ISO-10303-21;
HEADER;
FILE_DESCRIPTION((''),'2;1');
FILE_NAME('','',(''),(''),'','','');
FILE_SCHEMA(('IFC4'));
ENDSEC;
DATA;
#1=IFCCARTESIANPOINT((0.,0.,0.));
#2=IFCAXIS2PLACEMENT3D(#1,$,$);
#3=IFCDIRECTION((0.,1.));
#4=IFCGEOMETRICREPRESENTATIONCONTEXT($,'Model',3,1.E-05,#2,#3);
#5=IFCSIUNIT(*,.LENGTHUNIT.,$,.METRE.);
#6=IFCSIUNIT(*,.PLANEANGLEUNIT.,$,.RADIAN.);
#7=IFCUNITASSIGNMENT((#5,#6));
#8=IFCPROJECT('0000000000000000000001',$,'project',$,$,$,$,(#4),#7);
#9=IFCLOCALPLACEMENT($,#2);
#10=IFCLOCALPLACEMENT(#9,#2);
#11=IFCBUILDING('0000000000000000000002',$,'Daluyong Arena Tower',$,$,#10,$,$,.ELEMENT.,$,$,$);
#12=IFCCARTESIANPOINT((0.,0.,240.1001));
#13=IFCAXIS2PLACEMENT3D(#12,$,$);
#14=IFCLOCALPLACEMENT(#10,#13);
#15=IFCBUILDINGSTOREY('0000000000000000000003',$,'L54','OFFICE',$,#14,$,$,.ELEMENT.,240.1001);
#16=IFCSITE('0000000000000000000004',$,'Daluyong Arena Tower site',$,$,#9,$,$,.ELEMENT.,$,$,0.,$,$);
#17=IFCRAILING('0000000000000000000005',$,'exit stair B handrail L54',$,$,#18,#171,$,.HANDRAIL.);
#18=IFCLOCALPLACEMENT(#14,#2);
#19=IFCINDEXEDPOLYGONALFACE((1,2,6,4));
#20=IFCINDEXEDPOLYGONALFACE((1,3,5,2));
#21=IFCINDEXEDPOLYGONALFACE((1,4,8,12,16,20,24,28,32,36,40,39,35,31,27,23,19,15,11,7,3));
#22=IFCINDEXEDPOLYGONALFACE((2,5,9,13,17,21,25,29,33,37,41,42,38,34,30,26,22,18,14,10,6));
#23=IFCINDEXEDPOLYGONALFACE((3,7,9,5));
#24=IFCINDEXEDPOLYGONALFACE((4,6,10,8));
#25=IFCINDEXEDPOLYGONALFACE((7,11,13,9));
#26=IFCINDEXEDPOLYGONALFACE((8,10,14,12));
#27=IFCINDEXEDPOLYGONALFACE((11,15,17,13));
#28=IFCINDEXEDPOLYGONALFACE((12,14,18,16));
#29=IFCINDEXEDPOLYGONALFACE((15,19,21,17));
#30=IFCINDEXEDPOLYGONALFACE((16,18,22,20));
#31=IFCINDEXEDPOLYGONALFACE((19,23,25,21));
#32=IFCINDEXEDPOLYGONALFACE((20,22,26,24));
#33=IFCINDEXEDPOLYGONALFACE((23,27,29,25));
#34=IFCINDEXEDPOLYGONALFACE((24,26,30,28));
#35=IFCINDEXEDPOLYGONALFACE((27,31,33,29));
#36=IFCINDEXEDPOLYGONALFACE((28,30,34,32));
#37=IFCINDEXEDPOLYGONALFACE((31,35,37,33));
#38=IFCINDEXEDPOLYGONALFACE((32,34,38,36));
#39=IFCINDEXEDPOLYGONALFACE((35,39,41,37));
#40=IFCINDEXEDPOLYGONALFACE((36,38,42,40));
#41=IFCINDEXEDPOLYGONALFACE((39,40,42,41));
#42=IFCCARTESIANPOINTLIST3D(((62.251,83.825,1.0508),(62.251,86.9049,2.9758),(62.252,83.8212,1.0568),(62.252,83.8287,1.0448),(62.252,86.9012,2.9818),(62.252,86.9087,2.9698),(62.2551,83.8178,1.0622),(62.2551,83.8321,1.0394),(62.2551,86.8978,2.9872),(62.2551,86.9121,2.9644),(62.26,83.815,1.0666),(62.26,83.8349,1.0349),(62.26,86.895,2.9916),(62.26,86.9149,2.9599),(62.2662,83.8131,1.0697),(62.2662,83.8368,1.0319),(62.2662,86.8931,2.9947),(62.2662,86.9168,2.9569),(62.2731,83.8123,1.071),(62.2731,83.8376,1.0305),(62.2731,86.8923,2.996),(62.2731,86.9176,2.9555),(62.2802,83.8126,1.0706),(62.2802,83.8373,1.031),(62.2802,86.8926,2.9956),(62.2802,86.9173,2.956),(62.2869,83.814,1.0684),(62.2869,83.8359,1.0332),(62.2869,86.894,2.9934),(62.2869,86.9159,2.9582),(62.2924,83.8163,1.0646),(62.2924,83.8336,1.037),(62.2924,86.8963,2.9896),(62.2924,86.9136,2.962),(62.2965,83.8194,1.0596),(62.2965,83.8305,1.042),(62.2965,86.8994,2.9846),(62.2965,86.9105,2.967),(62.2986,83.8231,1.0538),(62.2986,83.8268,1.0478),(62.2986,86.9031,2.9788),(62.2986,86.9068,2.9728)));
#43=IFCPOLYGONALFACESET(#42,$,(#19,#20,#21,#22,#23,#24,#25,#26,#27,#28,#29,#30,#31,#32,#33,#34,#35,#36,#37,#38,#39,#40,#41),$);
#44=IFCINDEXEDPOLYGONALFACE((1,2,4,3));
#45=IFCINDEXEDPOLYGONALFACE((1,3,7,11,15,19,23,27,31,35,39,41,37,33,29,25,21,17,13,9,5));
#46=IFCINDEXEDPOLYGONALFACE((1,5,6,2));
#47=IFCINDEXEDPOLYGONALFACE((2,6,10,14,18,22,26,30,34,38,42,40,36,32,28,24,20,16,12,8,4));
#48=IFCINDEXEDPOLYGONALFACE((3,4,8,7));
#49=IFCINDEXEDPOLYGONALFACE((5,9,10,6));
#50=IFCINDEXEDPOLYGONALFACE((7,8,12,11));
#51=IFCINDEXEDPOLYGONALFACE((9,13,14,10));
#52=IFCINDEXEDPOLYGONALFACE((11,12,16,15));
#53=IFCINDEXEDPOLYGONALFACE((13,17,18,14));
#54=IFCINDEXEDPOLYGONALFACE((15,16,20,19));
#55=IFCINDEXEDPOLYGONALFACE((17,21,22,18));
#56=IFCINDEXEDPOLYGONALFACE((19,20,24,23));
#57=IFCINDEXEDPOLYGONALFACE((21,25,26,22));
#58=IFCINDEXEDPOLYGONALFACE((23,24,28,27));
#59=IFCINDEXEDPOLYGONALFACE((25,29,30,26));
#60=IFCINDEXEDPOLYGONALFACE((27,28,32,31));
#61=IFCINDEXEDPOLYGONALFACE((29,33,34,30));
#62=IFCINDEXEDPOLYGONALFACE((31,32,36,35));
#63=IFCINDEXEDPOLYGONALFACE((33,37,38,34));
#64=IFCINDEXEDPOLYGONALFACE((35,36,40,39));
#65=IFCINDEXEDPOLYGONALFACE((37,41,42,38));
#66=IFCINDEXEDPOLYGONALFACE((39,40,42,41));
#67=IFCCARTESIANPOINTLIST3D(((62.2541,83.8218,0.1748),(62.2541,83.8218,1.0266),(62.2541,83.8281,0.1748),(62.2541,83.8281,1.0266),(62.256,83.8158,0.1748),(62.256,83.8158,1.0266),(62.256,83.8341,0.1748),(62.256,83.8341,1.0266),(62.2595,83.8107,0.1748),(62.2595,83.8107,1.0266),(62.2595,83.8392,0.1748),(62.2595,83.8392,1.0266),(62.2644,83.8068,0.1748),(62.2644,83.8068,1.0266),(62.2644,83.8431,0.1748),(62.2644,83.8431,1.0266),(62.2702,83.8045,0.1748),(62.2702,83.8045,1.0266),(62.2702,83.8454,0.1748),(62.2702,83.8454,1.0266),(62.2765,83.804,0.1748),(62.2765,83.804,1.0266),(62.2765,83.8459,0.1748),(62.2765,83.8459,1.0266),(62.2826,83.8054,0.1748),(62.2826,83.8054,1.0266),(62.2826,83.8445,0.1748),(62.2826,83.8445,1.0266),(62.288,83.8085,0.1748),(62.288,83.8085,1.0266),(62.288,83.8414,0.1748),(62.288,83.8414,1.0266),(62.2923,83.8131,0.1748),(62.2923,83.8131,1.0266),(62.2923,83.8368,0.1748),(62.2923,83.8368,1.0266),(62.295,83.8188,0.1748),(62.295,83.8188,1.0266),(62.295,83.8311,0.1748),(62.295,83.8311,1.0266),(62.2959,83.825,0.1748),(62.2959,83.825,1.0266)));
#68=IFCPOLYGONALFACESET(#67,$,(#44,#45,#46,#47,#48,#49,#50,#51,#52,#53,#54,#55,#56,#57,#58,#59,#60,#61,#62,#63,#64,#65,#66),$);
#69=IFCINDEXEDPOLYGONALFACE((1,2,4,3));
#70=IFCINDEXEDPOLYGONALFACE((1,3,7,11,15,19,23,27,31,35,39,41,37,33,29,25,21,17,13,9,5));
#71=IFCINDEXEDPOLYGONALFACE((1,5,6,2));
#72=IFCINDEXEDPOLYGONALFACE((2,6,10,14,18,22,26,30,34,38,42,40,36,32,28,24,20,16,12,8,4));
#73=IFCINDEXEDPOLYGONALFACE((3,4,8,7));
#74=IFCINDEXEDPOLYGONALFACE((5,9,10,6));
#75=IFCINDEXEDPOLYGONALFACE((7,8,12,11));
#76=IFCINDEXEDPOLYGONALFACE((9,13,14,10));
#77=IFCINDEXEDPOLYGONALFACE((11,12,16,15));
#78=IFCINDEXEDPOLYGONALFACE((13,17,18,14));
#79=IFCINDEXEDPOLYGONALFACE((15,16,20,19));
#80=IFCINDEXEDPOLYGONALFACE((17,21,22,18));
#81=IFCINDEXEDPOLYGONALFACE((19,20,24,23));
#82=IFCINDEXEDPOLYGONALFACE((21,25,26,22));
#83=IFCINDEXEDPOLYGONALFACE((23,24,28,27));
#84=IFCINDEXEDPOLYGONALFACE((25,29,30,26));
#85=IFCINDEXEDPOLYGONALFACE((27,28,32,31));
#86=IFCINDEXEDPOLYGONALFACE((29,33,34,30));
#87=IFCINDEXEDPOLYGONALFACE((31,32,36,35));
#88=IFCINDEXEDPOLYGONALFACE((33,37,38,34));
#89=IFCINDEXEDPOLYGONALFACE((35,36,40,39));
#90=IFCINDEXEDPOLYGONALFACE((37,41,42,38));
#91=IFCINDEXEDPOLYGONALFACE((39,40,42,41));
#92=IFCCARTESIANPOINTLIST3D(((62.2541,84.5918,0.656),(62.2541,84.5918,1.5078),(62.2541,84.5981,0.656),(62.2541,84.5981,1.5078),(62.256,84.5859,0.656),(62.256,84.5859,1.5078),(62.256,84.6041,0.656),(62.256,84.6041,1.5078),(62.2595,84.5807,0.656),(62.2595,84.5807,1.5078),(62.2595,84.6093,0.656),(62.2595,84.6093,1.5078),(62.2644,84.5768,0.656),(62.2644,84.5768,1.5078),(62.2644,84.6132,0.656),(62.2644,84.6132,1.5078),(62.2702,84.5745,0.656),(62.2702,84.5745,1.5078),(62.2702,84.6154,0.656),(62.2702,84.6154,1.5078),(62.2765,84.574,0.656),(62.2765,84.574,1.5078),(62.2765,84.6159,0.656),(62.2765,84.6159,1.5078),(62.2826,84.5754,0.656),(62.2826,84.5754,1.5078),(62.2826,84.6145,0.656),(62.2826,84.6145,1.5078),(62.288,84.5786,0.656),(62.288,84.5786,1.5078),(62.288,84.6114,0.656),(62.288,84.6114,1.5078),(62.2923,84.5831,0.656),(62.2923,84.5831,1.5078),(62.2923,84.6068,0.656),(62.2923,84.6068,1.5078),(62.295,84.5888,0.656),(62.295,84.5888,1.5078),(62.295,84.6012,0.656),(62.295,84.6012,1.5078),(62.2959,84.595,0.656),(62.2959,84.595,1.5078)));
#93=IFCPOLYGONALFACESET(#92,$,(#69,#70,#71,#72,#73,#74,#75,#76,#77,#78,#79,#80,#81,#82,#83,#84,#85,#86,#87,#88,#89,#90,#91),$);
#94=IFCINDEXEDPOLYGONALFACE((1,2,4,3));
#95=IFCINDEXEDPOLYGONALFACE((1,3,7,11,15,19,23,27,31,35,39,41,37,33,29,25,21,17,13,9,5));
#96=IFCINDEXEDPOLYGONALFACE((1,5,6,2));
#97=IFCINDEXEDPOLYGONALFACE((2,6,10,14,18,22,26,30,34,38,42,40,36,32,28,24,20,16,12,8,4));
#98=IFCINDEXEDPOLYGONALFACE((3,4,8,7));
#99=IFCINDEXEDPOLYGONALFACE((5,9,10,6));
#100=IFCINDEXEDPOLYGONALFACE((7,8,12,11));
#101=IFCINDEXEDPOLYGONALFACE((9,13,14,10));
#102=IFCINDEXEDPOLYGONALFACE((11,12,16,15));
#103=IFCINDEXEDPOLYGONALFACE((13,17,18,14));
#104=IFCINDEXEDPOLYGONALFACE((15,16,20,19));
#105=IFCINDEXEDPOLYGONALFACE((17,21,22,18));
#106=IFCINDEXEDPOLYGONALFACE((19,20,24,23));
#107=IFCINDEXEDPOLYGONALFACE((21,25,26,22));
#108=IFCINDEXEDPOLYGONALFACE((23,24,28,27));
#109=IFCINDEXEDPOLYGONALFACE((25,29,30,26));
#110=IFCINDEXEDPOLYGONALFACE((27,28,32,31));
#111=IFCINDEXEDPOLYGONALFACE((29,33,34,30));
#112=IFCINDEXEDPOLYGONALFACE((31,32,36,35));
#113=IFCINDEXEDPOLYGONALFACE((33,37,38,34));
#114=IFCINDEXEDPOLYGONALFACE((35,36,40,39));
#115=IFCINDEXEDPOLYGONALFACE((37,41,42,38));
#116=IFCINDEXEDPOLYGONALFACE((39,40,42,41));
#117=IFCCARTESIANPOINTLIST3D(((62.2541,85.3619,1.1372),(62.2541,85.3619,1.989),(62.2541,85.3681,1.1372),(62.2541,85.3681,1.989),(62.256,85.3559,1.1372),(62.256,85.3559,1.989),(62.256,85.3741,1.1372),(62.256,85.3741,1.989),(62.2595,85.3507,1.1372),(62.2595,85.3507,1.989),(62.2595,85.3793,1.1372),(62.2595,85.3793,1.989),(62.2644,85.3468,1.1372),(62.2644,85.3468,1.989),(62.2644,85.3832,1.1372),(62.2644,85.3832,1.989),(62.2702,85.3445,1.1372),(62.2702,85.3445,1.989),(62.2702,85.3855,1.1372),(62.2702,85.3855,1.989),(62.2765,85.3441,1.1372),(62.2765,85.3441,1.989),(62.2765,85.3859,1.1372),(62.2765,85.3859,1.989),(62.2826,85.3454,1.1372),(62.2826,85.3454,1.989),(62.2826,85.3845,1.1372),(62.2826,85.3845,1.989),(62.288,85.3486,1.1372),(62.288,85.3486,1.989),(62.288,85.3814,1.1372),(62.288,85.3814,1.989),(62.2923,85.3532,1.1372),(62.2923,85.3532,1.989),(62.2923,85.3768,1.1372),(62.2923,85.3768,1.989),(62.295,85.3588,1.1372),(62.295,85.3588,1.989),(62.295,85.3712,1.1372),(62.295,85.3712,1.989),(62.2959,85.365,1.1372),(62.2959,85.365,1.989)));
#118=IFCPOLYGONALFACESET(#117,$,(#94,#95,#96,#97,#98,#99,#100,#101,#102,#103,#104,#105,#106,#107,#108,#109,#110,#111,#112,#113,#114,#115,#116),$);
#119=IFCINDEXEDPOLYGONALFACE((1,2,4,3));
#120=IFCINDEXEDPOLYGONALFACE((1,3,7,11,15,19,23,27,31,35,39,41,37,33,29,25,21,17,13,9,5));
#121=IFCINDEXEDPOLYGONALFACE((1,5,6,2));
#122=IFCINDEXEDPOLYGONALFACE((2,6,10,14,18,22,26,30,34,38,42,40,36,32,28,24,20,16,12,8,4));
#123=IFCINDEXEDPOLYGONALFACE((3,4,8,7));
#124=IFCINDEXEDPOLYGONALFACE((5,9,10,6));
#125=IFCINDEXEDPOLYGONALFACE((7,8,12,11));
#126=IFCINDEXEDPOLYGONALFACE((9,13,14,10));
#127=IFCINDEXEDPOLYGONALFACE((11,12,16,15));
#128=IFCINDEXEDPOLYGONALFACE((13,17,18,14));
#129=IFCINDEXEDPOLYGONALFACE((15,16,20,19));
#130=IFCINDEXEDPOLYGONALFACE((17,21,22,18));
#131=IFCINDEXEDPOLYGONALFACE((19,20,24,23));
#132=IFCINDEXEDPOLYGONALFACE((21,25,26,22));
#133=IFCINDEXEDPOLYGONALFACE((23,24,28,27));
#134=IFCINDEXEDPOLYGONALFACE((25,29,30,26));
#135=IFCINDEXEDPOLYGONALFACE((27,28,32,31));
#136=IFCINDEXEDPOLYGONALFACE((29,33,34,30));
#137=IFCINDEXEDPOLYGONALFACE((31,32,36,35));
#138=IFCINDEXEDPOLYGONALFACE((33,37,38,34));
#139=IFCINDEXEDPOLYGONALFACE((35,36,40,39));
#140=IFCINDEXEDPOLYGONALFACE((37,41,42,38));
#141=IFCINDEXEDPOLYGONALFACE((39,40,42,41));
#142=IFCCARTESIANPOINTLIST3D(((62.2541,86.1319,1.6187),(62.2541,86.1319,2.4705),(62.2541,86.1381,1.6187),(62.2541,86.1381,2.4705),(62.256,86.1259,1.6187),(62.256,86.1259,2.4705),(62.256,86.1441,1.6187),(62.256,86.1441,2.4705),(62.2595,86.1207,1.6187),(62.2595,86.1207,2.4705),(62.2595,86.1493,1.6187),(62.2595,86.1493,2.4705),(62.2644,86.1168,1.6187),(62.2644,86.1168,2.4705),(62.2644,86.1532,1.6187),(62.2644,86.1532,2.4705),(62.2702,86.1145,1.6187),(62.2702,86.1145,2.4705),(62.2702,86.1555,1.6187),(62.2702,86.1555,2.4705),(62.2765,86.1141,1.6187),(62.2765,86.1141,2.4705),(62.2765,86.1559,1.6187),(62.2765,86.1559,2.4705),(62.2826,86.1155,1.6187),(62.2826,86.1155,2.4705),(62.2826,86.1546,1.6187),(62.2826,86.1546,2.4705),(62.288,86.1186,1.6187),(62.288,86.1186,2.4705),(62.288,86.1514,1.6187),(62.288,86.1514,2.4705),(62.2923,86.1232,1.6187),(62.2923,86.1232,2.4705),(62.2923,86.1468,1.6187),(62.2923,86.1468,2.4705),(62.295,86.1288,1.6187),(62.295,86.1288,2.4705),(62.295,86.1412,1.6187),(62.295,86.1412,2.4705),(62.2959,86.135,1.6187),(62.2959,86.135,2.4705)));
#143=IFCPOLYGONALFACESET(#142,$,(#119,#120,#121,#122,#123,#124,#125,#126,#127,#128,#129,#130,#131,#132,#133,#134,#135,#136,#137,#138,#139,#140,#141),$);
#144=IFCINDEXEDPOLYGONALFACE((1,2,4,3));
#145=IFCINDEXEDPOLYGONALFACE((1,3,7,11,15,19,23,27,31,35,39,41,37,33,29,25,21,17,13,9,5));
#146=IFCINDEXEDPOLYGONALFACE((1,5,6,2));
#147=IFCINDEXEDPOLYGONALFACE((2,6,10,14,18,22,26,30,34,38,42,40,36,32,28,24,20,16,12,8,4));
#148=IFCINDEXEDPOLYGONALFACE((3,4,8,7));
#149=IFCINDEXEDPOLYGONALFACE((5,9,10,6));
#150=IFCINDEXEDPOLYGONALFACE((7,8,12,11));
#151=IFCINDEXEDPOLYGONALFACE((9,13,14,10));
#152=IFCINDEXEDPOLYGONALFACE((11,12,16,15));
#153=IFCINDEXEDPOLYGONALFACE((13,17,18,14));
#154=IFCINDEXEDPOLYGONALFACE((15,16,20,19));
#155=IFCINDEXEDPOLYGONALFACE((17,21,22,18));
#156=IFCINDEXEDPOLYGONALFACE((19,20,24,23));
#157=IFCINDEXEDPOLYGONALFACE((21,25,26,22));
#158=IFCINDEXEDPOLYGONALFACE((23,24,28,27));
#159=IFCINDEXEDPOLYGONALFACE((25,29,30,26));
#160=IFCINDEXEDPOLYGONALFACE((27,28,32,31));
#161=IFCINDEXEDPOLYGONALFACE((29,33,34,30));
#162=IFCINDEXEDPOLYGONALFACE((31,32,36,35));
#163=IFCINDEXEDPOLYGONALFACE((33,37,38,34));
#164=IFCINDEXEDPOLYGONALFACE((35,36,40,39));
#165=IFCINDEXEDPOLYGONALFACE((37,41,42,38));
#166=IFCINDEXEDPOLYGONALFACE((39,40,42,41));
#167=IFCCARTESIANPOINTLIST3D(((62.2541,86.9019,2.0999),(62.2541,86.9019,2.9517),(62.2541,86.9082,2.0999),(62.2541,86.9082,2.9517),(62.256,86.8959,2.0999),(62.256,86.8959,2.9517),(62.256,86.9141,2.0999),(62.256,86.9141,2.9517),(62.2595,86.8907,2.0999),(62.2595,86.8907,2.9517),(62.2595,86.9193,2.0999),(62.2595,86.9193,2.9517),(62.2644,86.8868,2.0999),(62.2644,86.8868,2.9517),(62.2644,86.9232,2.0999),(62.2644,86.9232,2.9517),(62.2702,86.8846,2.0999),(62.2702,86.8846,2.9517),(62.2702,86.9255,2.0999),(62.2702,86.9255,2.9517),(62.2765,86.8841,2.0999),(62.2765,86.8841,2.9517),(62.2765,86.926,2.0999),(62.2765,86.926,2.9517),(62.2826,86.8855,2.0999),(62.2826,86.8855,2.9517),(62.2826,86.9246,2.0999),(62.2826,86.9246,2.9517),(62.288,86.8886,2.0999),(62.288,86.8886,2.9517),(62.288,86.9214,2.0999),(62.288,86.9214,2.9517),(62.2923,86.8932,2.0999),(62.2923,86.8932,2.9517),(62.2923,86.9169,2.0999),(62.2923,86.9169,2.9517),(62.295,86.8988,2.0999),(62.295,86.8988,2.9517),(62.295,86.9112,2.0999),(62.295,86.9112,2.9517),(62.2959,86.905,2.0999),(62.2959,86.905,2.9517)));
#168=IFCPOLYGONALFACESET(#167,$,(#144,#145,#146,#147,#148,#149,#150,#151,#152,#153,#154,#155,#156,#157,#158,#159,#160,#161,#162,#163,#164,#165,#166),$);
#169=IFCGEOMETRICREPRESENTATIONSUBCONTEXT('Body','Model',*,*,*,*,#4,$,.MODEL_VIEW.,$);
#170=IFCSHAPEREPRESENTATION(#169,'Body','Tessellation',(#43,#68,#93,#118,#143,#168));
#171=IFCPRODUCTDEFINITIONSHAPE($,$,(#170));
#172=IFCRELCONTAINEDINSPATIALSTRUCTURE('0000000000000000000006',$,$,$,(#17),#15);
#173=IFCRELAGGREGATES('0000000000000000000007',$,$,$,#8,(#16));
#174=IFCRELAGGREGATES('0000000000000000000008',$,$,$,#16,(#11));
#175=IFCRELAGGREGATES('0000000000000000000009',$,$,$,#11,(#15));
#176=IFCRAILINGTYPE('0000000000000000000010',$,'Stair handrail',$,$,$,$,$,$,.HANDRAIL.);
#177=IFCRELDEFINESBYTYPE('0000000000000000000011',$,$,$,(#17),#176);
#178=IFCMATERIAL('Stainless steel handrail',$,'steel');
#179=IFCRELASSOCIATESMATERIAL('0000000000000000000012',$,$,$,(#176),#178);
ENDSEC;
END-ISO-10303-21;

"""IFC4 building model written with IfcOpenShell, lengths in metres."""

from ifc_helpers import new_model, si_unit, direction, frame, origin, origin_2d, place, context, subcontext, project, spatial, circle, extrude, material, type_object, element, save


model = new_model("IFC4")

# Units and contexts
model_context = context("Model", 3, precision=1e-05, world=origin(), true_north=direction((0.0, 1.0)))
body_context = subcontext(model_context, "Body", "Model", "MODEL_VIEW")
ifc_project = project(units=[si_unit("LENGTHUNIT", "METRE"), si_unit("PLANEANGLEUNIT", "RADIAN")], contexts=[model_context])

# Site, building, storey
site_placement = place(None, origin())
site = spatial("IfcSite", under=ifc_project, at=site_placement, Name="Daluyong Arena Tower site", CompositionType="ELEMENT", RefElevation=0.0)
building_placement = place(site_placement, origin())
building = spatial("IfcBuilding", under=site, at=building_placement, Name="Daluyong Arena Tower", CompositionType="ELEMENT")
storey_placement = place(building_placement, frame((0.0, 0.0, 240.1001)))
storey = spatial("IfcBuildingStorey", under=building, at=storey_placement, Name="L54", Description="OFFICE", CompositionType="ELEMENT", Elevation=240.1001)

# Railing
ifc_material_1 = material(Name="Stainless steel handrail", Category="steel")
railing_type_1 = type_object("IfcRailingType", Name="Stair handrail", PredefinedType="HANDRAIL", material=ifc_material_1)
railing_1_placement = place(storey_placement, frame((62.2749, 83.825, 0.1748)))
element("IfcRailing", 1, at=railing_1_placement, inside=storey, type_object=railing_type_1, Name="exit stair B handrail L54", PredefinedType="HANDRAIL", context=body_context, shape_type="SweptSolid", body=[
    extrude(circle(Radius=0.0239, at=origin_2d()), frame((0.0, 0.0, 0.876), z_axis=(0.0, 0.847998, 0.529999), x_axis=(-1.0, 0.0, 0.0)), (0.0, 0.0, 1.0), 3.6321),
    extrude(circle(Radius=0.021, at=origin_2d()), origin(), (0.0, 0.0, 1.0), 0.8518),
    extrude(circle(Radius=0.021, at=origin_2d()), frame((0.0, 0.77, 0.4812)), (0.0, 0.0, 1.0), 0.8518),
    extrude(circle(Radius=0.021, at=origin_2d()), frame((0.0, 1.54, 0.9624)), (0.0, 0.0, 1.0), 0.8518),
    extrude(circle(Radius=0.021, at=origin_2d()), frame((0.0, 2.3101, 1.4438)), (0.0, 0.0, 1.0), 0.8518),
    extrude(circle(Radius=0.021, at=origin_2d()), frame((0.0, 3.0801, 1.925)), (0.0, 0.0, 1.0), 0.8518),
])

save(model, "model.ifc")
